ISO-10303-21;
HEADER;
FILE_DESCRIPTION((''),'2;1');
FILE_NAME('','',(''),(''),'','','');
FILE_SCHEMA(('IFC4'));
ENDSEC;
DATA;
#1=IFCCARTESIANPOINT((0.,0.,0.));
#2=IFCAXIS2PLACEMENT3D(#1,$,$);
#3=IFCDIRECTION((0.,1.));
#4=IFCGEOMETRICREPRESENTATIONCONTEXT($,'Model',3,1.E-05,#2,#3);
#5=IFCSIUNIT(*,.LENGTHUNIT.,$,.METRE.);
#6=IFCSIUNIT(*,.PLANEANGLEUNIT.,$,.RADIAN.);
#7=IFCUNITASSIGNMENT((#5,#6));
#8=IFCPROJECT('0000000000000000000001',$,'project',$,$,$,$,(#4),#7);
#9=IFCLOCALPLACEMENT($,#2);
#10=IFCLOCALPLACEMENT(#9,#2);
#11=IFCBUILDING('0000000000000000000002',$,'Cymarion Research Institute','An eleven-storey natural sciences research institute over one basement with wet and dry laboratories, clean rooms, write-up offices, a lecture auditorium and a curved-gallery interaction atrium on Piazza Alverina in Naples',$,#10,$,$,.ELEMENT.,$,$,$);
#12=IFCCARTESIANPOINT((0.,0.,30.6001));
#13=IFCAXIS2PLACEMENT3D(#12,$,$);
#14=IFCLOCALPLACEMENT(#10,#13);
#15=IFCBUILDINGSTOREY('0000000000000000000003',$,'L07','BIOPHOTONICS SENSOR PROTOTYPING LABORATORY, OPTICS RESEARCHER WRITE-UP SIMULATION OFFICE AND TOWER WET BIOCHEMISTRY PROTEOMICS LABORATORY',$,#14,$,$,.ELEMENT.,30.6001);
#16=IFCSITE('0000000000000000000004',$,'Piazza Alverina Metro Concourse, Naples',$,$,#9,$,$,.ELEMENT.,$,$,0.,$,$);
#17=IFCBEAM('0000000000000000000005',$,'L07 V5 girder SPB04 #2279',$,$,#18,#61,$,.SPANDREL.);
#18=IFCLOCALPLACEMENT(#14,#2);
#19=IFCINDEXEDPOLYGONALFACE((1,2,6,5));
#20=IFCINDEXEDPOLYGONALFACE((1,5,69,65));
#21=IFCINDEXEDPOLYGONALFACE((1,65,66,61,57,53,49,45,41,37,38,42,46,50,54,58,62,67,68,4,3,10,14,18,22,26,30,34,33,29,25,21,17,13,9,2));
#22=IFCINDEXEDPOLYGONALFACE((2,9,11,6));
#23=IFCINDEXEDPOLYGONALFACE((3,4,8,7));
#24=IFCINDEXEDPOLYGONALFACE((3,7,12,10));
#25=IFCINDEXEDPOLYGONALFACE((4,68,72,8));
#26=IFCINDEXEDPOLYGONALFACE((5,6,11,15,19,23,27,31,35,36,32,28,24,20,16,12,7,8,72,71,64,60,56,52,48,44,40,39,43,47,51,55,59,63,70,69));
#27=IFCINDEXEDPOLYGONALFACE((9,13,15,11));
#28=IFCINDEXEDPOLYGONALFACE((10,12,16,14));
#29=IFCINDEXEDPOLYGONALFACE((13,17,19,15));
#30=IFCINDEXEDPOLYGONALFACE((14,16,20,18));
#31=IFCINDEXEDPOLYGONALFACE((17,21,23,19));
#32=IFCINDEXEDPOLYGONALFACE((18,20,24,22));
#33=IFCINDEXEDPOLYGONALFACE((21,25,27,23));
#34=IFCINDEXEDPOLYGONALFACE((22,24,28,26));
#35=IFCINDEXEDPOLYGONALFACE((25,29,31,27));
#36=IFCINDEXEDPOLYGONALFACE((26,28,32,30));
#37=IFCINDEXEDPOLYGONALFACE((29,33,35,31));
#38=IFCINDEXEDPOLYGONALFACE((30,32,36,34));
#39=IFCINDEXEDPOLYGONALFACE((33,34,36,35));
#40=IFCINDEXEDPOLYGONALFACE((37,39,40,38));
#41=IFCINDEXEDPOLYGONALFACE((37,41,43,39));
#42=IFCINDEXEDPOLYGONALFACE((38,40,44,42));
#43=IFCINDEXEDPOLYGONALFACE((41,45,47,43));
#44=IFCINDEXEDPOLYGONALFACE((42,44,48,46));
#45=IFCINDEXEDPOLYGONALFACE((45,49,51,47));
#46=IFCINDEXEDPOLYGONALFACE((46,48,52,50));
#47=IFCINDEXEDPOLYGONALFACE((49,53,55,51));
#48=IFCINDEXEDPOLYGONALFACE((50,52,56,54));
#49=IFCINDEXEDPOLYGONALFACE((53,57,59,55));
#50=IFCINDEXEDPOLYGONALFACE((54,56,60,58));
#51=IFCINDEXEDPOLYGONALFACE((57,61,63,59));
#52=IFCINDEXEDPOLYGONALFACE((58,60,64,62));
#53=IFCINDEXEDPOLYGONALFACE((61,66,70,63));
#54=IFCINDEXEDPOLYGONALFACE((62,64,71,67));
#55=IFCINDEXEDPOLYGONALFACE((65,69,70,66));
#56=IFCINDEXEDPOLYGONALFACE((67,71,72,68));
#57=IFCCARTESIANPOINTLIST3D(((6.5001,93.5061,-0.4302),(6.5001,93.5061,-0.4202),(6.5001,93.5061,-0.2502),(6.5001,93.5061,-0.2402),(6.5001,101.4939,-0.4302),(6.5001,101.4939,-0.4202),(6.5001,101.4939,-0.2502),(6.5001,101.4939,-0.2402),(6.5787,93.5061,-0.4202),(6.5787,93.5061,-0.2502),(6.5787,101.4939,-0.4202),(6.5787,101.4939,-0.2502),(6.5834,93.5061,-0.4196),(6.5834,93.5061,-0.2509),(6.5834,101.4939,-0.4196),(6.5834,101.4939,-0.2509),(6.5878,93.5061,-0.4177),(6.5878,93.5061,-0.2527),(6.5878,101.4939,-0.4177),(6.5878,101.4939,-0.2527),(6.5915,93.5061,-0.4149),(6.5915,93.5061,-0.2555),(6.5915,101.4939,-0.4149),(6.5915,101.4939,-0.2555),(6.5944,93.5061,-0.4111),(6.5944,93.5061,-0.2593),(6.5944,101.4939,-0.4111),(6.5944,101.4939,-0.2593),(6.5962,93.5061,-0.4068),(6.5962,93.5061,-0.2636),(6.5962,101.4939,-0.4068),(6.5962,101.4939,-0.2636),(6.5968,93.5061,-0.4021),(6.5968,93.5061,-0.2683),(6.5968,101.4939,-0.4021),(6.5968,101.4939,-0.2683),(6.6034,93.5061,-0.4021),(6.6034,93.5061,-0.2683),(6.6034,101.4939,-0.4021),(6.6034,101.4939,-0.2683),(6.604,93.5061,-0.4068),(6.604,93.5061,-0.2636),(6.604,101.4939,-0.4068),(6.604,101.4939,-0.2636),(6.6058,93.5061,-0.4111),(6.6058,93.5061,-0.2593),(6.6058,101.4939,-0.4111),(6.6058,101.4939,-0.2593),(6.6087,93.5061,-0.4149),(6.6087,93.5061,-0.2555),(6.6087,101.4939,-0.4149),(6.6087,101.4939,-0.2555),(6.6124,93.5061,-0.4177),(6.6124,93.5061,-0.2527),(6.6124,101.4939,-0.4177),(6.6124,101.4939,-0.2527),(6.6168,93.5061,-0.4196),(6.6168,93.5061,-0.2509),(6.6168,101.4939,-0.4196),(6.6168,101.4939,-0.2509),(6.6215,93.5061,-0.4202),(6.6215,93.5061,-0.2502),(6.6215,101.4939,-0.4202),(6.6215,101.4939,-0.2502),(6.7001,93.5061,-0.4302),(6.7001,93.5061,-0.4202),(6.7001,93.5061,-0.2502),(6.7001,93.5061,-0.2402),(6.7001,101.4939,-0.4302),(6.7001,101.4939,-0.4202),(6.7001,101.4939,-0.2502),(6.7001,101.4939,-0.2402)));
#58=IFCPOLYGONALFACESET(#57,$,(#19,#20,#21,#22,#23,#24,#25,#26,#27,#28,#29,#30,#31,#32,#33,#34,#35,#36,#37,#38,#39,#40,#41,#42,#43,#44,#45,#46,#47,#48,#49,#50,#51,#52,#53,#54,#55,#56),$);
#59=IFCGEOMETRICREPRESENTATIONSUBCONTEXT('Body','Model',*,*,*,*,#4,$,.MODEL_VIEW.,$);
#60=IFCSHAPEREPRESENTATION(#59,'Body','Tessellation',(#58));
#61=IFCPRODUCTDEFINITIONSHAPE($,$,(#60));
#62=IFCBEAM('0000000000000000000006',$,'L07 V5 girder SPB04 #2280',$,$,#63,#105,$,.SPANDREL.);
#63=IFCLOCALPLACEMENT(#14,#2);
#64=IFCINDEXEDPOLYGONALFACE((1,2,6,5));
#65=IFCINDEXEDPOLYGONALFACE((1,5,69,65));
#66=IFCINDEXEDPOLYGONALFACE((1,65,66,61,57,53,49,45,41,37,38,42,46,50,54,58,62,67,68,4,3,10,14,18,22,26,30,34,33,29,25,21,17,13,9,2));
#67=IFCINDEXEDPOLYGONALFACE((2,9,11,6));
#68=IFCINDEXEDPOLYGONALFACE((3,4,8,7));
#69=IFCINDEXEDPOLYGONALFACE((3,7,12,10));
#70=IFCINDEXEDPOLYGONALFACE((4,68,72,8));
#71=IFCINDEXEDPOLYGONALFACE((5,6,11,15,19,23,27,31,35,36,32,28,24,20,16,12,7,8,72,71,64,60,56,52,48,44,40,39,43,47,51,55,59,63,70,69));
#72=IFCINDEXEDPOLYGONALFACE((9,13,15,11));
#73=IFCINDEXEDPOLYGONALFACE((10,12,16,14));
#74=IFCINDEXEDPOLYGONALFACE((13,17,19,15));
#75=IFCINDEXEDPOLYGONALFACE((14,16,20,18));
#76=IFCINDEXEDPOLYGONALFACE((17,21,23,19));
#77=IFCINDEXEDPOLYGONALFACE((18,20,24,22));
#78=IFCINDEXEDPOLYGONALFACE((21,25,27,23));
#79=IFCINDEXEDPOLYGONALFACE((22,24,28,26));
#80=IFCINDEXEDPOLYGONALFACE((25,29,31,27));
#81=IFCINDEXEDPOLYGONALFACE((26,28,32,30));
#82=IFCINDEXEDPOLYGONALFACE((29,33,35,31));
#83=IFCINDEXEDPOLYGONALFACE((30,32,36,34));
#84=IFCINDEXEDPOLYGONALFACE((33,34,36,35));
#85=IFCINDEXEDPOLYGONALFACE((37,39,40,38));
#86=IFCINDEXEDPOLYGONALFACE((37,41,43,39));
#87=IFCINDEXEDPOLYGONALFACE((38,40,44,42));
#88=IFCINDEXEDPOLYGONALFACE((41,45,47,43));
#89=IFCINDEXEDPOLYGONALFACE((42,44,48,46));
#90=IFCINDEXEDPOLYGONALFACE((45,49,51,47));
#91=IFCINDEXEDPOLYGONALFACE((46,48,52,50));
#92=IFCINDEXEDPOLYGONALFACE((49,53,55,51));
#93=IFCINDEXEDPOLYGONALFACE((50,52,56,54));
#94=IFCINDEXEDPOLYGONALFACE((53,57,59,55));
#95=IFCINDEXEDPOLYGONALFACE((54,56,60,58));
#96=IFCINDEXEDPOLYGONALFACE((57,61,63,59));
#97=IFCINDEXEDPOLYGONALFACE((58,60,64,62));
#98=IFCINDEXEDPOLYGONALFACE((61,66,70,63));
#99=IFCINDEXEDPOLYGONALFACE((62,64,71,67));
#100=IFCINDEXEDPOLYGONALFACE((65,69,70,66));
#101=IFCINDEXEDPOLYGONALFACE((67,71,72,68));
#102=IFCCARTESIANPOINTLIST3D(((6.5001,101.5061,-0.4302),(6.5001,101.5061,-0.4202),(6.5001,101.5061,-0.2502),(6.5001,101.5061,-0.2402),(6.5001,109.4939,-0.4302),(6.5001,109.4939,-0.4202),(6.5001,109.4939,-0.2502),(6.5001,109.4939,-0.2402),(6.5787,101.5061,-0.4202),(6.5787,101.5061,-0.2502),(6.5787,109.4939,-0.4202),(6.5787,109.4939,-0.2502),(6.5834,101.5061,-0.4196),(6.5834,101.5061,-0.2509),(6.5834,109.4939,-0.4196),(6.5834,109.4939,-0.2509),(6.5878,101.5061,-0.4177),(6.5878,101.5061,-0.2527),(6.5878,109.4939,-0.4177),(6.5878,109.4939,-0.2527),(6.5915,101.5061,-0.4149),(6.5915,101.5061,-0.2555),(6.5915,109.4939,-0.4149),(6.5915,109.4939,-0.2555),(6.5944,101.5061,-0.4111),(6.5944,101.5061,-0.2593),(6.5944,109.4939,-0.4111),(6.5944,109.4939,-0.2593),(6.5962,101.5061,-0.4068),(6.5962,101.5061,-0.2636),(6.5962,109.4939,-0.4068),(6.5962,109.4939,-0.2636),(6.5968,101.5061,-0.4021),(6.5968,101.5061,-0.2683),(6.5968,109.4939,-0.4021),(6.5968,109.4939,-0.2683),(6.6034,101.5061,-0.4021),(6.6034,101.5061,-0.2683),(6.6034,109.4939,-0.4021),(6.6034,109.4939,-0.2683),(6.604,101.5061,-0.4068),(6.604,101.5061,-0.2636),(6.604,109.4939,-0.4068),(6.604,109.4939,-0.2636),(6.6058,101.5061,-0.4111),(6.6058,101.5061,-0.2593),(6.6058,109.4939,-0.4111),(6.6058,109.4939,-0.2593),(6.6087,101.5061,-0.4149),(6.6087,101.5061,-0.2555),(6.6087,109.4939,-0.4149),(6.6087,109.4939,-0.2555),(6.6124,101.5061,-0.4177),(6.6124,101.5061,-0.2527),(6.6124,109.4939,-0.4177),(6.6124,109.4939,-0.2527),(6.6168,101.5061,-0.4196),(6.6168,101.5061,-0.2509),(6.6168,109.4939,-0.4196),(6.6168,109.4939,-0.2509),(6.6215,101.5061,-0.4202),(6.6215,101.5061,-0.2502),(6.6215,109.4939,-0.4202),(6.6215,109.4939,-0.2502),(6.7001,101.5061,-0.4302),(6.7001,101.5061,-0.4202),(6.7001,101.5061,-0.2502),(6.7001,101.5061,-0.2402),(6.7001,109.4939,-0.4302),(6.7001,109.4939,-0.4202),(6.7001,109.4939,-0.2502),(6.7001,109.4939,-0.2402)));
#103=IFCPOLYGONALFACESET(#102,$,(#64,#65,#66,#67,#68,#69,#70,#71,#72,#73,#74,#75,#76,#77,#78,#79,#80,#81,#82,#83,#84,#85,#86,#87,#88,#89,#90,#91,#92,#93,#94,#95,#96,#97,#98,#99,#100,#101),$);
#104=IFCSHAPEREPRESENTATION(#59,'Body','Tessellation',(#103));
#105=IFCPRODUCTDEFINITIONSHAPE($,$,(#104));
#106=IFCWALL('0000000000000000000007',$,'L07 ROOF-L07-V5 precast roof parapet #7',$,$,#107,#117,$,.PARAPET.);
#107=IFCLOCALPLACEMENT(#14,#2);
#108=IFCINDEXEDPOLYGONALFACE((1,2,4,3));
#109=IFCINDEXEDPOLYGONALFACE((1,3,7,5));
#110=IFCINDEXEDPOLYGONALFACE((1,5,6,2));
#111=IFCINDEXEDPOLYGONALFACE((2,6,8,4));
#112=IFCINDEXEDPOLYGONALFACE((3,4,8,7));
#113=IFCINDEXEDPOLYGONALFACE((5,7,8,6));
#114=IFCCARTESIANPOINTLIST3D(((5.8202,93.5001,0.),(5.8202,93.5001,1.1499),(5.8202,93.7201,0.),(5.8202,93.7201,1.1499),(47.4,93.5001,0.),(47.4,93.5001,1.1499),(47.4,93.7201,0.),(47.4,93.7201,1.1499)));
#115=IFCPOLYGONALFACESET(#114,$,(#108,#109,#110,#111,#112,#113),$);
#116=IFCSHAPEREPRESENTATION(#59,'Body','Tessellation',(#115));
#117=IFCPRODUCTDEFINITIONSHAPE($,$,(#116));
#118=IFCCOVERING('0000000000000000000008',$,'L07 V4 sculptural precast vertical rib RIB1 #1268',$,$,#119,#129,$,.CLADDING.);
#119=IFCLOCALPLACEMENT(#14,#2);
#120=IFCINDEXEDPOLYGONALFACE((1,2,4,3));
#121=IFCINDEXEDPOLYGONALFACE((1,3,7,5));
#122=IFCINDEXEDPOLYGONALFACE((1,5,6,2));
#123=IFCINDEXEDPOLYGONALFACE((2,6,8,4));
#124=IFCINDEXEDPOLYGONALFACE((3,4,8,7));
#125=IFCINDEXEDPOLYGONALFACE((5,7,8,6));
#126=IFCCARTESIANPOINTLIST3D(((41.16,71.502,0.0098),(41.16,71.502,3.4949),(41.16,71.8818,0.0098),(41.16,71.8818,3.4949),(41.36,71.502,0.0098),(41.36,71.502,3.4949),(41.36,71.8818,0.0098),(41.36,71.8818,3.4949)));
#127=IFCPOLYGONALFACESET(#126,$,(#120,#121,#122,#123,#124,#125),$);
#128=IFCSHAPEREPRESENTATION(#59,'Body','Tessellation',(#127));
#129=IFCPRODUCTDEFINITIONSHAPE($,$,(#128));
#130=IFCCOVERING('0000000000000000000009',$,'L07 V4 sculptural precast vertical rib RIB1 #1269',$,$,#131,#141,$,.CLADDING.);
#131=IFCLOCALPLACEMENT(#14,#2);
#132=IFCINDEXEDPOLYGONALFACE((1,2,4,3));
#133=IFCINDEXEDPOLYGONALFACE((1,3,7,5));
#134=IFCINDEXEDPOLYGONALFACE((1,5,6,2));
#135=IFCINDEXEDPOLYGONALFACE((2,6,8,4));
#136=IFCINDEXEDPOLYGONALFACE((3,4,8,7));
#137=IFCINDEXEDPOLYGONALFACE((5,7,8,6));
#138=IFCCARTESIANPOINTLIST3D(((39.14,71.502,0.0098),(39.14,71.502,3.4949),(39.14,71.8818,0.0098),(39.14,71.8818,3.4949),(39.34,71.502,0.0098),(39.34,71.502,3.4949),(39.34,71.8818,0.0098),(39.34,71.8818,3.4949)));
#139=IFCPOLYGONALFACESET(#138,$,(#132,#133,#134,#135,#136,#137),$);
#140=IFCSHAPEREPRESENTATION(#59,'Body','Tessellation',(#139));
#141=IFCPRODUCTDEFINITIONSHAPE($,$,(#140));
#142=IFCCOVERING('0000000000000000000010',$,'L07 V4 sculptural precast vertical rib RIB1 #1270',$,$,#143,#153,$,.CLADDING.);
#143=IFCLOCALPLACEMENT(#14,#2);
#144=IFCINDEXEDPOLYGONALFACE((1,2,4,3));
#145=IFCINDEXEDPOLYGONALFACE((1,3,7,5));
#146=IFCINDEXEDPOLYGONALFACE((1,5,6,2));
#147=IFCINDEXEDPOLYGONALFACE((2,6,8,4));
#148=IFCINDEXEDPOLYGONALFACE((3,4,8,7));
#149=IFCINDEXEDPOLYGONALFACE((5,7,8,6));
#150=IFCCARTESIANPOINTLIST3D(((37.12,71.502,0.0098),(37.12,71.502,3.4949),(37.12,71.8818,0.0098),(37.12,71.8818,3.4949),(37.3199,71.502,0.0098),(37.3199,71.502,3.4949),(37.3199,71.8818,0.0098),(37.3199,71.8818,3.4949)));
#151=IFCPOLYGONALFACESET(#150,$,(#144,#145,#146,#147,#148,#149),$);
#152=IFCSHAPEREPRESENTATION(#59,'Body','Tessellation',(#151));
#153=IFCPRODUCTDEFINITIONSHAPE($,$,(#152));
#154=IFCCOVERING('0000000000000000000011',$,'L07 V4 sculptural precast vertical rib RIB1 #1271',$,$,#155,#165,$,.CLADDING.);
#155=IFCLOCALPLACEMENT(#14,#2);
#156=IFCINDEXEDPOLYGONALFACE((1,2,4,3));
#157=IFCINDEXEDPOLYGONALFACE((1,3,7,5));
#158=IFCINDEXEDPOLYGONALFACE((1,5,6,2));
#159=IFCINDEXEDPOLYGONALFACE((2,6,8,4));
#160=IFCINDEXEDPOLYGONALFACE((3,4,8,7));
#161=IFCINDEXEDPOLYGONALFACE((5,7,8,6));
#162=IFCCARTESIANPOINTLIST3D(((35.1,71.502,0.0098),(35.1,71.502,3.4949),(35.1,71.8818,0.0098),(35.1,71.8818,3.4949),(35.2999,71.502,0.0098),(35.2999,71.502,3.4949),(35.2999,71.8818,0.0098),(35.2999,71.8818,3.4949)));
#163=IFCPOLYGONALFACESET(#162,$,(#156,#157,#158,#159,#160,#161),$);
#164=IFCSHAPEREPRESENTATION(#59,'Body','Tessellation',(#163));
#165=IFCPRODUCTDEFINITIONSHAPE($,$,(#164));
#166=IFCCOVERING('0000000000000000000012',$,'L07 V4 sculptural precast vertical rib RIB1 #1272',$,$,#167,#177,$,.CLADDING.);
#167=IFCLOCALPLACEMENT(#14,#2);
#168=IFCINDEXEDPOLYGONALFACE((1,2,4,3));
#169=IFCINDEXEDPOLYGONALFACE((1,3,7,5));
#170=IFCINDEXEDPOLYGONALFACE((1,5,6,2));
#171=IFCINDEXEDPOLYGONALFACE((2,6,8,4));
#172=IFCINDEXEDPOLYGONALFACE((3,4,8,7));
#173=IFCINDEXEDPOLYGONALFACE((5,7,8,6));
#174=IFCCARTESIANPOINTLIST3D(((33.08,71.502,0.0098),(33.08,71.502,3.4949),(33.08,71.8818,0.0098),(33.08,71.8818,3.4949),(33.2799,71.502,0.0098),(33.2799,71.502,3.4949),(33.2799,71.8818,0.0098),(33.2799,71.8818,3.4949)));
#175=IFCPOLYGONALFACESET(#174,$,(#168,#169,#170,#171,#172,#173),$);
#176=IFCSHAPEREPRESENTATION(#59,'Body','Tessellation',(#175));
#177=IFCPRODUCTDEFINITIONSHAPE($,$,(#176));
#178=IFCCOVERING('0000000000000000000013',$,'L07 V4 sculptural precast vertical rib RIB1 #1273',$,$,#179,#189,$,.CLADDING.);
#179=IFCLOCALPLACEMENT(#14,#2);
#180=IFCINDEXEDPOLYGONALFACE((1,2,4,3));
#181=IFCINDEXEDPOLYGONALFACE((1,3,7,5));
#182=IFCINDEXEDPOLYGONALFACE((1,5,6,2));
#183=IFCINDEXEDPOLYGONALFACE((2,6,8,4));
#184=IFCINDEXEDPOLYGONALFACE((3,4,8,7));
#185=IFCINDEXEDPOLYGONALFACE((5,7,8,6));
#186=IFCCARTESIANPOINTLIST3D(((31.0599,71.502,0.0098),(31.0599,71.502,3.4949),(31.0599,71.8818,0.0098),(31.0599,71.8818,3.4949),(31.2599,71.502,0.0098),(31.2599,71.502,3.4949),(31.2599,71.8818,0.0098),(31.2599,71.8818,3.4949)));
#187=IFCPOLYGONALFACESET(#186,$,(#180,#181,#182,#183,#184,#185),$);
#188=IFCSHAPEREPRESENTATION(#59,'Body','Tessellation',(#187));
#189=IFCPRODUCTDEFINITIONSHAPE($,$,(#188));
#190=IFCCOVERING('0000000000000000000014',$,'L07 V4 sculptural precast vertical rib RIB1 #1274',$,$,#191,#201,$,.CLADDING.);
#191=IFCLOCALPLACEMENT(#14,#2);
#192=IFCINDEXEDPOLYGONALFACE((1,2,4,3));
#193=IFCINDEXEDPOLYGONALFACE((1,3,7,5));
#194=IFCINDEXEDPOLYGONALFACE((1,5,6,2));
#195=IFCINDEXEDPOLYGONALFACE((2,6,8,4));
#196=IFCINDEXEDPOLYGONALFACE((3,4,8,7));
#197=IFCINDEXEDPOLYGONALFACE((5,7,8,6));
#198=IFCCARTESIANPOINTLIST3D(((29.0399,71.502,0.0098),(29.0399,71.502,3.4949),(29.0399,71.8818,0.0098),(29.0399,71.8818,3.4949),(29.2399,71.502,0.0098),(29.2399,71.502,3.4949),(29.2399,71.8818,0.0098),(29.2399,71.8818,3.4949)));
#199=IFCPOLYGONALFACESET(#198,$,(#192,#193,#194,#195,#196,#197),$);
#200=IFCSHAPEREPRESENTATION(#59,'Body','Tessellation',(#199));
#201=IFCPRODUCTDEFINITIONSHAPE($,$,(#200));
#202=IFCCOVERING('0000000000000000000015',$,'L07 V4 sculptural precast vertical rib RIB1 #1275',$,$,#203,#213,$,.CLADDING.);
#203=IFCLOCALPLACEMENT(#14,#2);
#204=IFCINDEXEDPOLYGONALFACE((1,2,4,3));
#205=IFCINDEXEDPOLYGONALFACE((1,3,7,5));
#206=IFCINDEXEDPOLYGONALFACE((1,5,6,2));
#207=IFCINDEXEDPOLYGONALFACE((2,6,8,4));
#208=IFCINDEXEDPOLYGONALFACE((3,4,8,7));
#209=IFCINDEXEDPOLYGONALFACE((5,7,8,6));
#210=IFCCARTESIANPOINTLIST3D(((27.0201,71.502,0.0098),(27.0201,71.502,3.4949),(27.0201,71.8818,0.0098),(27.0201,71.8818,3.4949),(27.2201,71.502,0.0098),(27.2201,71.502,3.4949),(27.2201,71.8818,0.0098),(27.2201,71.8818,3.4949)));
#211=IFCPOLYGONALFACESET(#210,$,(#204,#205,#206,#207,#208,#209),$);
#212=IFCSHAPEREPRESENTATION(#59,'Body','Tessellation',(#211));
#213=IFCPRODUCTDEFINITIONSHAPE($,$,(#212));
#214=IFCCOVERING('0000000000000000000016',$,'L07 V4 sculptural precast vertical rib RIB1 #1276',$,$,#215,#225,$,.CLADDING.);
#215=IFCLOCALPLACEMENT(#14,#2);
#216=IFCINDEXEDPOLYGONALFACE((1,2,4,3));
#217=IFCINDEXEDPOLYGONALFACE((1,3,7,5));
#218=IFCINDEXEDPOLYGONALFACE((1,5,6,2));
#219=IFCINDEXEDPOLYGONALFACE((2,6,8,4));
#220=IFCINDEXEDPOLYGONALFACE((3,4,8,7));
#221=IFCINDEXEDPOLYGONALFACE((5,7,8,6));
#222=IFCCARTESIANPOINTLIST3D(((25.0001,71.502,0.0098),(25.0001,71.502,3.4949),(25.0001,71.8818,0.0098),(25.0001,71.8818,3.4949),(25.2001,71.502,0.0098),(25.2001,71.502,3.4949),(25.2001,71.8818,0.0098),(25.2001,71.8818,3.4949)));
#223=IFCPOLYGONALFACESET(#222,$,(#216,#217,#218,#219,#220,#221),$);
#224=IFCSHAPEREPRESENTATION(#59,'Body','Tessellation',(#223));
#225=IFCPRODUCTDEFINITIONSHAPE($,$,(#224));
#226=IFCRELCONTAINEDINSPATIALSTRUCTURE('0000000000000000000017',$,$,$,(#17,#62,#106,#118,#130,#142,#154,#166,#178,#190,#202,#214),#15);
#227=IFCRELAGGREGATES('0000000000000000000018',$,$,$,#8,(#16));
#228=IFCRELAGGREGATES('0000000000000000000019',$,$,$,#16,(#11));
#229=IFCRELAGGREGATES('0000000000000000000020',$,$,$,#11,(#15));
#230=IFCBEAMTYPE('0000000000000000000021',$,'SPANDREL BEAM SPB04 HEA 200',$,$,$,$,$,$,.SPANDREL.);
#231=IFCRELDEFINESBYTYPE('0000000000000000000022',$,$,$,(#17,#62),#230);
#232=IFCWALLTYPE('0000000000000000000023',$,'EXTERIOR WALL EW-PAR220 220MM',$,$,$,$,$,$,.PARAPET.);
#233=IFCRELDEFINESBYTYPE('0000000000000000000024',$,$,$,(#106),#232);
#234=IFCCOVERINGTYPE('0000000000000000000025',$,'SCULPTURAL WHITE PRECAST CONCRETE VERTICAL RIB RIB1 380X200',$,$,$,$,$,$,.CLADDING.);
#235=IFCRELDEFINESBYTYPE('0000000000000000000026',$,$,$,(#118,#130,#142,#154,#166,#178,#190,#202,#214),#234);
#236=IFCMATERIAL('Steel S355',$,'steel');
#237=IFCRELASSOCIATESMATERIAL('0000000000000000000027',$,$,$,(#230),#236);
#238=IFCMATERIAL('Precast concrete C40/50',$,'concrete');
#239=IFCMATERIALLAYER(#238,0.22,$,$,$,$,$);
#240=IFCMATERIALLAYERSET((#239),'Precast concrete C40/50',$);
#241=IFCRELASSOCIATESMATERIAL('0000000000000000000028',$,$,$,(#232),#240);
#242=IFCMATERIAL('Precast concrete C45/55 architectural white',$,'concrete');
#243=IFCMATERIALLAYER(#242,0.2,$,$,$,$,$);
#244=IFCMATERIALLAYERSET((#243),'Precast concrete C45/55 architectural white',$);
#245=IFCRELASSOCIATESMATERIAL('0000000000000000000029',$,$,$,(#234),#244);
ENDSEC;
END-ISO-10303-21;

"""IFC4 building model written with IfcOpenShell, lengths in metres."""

from ifc_helpers import new_model, si_unit, direction, frame, frame_2d, origin, origin_2d, place, context, subcontext, project, spatial, rectangle, i_section, extrude, material, layer, layer_set, material_profile, profile_set, type_object, element, save


model = new_model("IFC4")

# Units and contexts
model_context = context("Model", 3, precision=1e-05, world=origin(), true_north=direction((0.0, 1.0)))
body_context = subcontext(model_context, "Body", "Model", "MODEL_VIEW")
ifc_project = project(units=[si_unit("LENGTHUNIT", "METRE"), si_unit("PLANEANGLEUNIT", "RADIAN")], contexts=[model_context])

# Site, building, storey
site_placement = place(None, origin())
site = spatial("IfcSite", under=ifc_project, at=site_placement, Name="Piazza Alverina Metro Concourse, Naples", CompositionType="ELEMENT", RefElevation=0.0)
building_placement = place(site_placement, origin())
building = spatial("IfcBuilding", under=site, at=building_placement, Name="Cymarion Research Institute", Description="An eleven-storey natural sciences research institute over one basement with wet and dry laboratories, clean rooms, write-up offices, a lecture auditorium and a curved-gallery interaction atrium on Piazza Alverina in Naples", CompositionType="ELEMENT")
storey_placement = place(building_placement, frame((0.0, 0.0, 30.6001)))
storey = spatial("IfcBuildingStorey", under=building, at=storey_placement, Name="L07", Description="BIOPHOTONICS SENSOR PROTOTYPING LABORATORY, OPTICS RESEARCHER WRITE-UP SIMULATION OFFICE AND TOWER WET BIOCHEMISTRY PROTEOMICS LABORATORY", CompositionType="ELEMENT", Elevation=30.6001)

# Beams
ifc_material_1 = material(Name="Steel S355", Category="steel")
ifc_material_profile_1 = material_profile(ifc_material_1, i_section(OverallWidth=0.2, OverallDepth=0.1899, WebThickness=0.0066, FlangeThickness=0.01, FilletRadius=0.0181, at=origin_2d()), Name="HEA 200")
ifc_profile_set_1 = profile_set([ifc_material_profile_1], Name="Steel S355")
beam_type_1 = type_object("IfcBeamType", Name="SPANDREL BEAM SPB04 HEA 200", PredefinedType="SPANDREL", material=ifc_profile_set_1)
for number, where, z_axis, x_axis, name in (
    (1, (6.6001, 93.5061, -0.3352), (0.0, 1.0, 0.0), (-1.0, 0.0, 0.0), "L07 V5 girder SPB04 #2279"),
    (2, (6.6001, 101.5061, -0.3352), (0.0, 1.0, 0.0), (-1.0, 0.0, 0.0), "L07 V5 girder SPB04 #2280"),
):
    element("IfcBeam", number, at=place(storey_placement, frame(where, z_axis=z_axis, x_axis=x_axis)), inside=storey, type_object=beam_type_1, Name=name, PredefinedType="SPANDREL", context=body_context, shape_type="SweptSolid", body=[
        extrude(i_section(OverallWidth=0.2, OverallDepth=0.1899, WebThickness=0.0066, FlangeThickness=0.01, FilletRadius=0.0181, at=origin_2d()), origin(), (0.0, 0.0, 1.0), 7.9878),
    ])

# Wall
ifc_material_2 = material(Name="Precast concrete C40/50", Category="concrete")
ifc_layer_1 = layer(ifc_material_2, 0.22)
ifc_layer_set_1 = layer_set([ifc_layer_1], Name="Precast concrete C40/50")
wall_type = type_object("IfcWallType", Name="EXTERIOR WALL EW-PAR220 220MM", PredefinedType="PARAPET", material=ifc_layer_set_1)
wall_placement = place(storey_placement, frame((5.8201, 93.6101, 0.0), z_axis=(0.0, 0.0, 1.0), x_axis=(1.0, 0.0, 0.0)))
element("IfcWall", 3, at=wall_placement, inside=storey, type_object=wall_type, Name="L07 ROOF-L07-V5 precast roof parapet #7", PredefinedType="PARAPET", context=body_context, shape_type="SweptSolid", body=[
    extrude(rectangle(XDim=41.5798, YDim=0.22, at=frame_2d((20.79, 0.0))), origin(), (0.0, 0.0, 1.0), 1.1499),
])

# Coverings
ifc_material_3 = material(Name="Precast concrete C45/55 architectural white", Category="concrete")
ifc_layer_2 = layer(ifc_material_3, 0.2)
ifc_layer_set_2 = layer_set([ifc_layer_2], Name="Precast concrete C45/55 architectural white")
covering_type = type_object("IfcCoveringType", Name="SCULPTURAL WHITE PRECAST CONCRETE VERTICAL RIB RIB1 380X200", PredefinedType="CLADDING", material=ifc_layer_set_2)
for number, where, z_axis, x_axis, name in (
    (4, (41.26, 71.6919, 0.0098), (0.0, 0.0, 1.0), (0.0, 1.0, 0.0), "L07 V4 sculptural precast vertical rib RIB1 #1268"),
    (5, (39.24, 71.6919, 0.0098), (0.0, 0.0, 1.0), (0.0, 1.0, 0.0), "L07 V4 sculptural precast vertical rib RIB1 #1269"),
    (6, (37.22, 71.6919, 0.0098), (0.0, 0.0, 1.0), (0.0, 1.0, 0.0), "L07 V4 sculptural precast vertical rib RIB1 #1270"),
    (7, (35.2, 71.6919, 0.0098), (0.0, 0.0, 1.0), (0.0, 1.0, 0.0), "L07 V4 sculptural precast vertical rib RIB1 #1271"),
    (8, (33.1799, 71.6919, 0.0098), (0.0, 0.0, 1.0), (0.0, 1.0, 0.0), "L07 V4 sculptural precast vertical rib RIB1 #1272"),
    (9, (31.1599, 71.6919, 0.0098), (0.0, 0.0, 1.0), (0.0, 1.0, 0.0), "L07 V4 sculptural precast vertical rib RIB1 #1273"),
    (10, (29.1399, 71.6919, 0.0098), (0.0, 0.0, 1.0), (0.0, 1.0, 0.0), "L07 V4 sculptural precast vertical rib RIB1 #1274"),
    (11, (27.1201, 71.6919, 0.0098), (0.0, 0.0, 1.0), (0.0, 1.0, 0.0), "L07 V4 sculptural precast vertical rib RIB1 #1275"),
    (12, (25.1001, 71.6919, 0.0098), (0.0, 0.0, 1.0), (0.0, 1.0, 0.0), "L07 V4 sculptural precast vertical rib RIB1 #1276"),
):
    element("IfcCovering", number, at=place(storey_placement, frame(where, z_axis=z_axis, x_axis=x_axis)), inside=storey, type_object=covering_type, Name=name, PredefinedType="CLADDING", context=body_context, shape_type="SweptSolid", body=[
        extrude(rectangle(XDim=0.3799, YDim=0.2, at=origin_2d()), origin(), (0.0, 0.0, 1.0), 3.4851),
    ])

save(model, "model.ifc")
